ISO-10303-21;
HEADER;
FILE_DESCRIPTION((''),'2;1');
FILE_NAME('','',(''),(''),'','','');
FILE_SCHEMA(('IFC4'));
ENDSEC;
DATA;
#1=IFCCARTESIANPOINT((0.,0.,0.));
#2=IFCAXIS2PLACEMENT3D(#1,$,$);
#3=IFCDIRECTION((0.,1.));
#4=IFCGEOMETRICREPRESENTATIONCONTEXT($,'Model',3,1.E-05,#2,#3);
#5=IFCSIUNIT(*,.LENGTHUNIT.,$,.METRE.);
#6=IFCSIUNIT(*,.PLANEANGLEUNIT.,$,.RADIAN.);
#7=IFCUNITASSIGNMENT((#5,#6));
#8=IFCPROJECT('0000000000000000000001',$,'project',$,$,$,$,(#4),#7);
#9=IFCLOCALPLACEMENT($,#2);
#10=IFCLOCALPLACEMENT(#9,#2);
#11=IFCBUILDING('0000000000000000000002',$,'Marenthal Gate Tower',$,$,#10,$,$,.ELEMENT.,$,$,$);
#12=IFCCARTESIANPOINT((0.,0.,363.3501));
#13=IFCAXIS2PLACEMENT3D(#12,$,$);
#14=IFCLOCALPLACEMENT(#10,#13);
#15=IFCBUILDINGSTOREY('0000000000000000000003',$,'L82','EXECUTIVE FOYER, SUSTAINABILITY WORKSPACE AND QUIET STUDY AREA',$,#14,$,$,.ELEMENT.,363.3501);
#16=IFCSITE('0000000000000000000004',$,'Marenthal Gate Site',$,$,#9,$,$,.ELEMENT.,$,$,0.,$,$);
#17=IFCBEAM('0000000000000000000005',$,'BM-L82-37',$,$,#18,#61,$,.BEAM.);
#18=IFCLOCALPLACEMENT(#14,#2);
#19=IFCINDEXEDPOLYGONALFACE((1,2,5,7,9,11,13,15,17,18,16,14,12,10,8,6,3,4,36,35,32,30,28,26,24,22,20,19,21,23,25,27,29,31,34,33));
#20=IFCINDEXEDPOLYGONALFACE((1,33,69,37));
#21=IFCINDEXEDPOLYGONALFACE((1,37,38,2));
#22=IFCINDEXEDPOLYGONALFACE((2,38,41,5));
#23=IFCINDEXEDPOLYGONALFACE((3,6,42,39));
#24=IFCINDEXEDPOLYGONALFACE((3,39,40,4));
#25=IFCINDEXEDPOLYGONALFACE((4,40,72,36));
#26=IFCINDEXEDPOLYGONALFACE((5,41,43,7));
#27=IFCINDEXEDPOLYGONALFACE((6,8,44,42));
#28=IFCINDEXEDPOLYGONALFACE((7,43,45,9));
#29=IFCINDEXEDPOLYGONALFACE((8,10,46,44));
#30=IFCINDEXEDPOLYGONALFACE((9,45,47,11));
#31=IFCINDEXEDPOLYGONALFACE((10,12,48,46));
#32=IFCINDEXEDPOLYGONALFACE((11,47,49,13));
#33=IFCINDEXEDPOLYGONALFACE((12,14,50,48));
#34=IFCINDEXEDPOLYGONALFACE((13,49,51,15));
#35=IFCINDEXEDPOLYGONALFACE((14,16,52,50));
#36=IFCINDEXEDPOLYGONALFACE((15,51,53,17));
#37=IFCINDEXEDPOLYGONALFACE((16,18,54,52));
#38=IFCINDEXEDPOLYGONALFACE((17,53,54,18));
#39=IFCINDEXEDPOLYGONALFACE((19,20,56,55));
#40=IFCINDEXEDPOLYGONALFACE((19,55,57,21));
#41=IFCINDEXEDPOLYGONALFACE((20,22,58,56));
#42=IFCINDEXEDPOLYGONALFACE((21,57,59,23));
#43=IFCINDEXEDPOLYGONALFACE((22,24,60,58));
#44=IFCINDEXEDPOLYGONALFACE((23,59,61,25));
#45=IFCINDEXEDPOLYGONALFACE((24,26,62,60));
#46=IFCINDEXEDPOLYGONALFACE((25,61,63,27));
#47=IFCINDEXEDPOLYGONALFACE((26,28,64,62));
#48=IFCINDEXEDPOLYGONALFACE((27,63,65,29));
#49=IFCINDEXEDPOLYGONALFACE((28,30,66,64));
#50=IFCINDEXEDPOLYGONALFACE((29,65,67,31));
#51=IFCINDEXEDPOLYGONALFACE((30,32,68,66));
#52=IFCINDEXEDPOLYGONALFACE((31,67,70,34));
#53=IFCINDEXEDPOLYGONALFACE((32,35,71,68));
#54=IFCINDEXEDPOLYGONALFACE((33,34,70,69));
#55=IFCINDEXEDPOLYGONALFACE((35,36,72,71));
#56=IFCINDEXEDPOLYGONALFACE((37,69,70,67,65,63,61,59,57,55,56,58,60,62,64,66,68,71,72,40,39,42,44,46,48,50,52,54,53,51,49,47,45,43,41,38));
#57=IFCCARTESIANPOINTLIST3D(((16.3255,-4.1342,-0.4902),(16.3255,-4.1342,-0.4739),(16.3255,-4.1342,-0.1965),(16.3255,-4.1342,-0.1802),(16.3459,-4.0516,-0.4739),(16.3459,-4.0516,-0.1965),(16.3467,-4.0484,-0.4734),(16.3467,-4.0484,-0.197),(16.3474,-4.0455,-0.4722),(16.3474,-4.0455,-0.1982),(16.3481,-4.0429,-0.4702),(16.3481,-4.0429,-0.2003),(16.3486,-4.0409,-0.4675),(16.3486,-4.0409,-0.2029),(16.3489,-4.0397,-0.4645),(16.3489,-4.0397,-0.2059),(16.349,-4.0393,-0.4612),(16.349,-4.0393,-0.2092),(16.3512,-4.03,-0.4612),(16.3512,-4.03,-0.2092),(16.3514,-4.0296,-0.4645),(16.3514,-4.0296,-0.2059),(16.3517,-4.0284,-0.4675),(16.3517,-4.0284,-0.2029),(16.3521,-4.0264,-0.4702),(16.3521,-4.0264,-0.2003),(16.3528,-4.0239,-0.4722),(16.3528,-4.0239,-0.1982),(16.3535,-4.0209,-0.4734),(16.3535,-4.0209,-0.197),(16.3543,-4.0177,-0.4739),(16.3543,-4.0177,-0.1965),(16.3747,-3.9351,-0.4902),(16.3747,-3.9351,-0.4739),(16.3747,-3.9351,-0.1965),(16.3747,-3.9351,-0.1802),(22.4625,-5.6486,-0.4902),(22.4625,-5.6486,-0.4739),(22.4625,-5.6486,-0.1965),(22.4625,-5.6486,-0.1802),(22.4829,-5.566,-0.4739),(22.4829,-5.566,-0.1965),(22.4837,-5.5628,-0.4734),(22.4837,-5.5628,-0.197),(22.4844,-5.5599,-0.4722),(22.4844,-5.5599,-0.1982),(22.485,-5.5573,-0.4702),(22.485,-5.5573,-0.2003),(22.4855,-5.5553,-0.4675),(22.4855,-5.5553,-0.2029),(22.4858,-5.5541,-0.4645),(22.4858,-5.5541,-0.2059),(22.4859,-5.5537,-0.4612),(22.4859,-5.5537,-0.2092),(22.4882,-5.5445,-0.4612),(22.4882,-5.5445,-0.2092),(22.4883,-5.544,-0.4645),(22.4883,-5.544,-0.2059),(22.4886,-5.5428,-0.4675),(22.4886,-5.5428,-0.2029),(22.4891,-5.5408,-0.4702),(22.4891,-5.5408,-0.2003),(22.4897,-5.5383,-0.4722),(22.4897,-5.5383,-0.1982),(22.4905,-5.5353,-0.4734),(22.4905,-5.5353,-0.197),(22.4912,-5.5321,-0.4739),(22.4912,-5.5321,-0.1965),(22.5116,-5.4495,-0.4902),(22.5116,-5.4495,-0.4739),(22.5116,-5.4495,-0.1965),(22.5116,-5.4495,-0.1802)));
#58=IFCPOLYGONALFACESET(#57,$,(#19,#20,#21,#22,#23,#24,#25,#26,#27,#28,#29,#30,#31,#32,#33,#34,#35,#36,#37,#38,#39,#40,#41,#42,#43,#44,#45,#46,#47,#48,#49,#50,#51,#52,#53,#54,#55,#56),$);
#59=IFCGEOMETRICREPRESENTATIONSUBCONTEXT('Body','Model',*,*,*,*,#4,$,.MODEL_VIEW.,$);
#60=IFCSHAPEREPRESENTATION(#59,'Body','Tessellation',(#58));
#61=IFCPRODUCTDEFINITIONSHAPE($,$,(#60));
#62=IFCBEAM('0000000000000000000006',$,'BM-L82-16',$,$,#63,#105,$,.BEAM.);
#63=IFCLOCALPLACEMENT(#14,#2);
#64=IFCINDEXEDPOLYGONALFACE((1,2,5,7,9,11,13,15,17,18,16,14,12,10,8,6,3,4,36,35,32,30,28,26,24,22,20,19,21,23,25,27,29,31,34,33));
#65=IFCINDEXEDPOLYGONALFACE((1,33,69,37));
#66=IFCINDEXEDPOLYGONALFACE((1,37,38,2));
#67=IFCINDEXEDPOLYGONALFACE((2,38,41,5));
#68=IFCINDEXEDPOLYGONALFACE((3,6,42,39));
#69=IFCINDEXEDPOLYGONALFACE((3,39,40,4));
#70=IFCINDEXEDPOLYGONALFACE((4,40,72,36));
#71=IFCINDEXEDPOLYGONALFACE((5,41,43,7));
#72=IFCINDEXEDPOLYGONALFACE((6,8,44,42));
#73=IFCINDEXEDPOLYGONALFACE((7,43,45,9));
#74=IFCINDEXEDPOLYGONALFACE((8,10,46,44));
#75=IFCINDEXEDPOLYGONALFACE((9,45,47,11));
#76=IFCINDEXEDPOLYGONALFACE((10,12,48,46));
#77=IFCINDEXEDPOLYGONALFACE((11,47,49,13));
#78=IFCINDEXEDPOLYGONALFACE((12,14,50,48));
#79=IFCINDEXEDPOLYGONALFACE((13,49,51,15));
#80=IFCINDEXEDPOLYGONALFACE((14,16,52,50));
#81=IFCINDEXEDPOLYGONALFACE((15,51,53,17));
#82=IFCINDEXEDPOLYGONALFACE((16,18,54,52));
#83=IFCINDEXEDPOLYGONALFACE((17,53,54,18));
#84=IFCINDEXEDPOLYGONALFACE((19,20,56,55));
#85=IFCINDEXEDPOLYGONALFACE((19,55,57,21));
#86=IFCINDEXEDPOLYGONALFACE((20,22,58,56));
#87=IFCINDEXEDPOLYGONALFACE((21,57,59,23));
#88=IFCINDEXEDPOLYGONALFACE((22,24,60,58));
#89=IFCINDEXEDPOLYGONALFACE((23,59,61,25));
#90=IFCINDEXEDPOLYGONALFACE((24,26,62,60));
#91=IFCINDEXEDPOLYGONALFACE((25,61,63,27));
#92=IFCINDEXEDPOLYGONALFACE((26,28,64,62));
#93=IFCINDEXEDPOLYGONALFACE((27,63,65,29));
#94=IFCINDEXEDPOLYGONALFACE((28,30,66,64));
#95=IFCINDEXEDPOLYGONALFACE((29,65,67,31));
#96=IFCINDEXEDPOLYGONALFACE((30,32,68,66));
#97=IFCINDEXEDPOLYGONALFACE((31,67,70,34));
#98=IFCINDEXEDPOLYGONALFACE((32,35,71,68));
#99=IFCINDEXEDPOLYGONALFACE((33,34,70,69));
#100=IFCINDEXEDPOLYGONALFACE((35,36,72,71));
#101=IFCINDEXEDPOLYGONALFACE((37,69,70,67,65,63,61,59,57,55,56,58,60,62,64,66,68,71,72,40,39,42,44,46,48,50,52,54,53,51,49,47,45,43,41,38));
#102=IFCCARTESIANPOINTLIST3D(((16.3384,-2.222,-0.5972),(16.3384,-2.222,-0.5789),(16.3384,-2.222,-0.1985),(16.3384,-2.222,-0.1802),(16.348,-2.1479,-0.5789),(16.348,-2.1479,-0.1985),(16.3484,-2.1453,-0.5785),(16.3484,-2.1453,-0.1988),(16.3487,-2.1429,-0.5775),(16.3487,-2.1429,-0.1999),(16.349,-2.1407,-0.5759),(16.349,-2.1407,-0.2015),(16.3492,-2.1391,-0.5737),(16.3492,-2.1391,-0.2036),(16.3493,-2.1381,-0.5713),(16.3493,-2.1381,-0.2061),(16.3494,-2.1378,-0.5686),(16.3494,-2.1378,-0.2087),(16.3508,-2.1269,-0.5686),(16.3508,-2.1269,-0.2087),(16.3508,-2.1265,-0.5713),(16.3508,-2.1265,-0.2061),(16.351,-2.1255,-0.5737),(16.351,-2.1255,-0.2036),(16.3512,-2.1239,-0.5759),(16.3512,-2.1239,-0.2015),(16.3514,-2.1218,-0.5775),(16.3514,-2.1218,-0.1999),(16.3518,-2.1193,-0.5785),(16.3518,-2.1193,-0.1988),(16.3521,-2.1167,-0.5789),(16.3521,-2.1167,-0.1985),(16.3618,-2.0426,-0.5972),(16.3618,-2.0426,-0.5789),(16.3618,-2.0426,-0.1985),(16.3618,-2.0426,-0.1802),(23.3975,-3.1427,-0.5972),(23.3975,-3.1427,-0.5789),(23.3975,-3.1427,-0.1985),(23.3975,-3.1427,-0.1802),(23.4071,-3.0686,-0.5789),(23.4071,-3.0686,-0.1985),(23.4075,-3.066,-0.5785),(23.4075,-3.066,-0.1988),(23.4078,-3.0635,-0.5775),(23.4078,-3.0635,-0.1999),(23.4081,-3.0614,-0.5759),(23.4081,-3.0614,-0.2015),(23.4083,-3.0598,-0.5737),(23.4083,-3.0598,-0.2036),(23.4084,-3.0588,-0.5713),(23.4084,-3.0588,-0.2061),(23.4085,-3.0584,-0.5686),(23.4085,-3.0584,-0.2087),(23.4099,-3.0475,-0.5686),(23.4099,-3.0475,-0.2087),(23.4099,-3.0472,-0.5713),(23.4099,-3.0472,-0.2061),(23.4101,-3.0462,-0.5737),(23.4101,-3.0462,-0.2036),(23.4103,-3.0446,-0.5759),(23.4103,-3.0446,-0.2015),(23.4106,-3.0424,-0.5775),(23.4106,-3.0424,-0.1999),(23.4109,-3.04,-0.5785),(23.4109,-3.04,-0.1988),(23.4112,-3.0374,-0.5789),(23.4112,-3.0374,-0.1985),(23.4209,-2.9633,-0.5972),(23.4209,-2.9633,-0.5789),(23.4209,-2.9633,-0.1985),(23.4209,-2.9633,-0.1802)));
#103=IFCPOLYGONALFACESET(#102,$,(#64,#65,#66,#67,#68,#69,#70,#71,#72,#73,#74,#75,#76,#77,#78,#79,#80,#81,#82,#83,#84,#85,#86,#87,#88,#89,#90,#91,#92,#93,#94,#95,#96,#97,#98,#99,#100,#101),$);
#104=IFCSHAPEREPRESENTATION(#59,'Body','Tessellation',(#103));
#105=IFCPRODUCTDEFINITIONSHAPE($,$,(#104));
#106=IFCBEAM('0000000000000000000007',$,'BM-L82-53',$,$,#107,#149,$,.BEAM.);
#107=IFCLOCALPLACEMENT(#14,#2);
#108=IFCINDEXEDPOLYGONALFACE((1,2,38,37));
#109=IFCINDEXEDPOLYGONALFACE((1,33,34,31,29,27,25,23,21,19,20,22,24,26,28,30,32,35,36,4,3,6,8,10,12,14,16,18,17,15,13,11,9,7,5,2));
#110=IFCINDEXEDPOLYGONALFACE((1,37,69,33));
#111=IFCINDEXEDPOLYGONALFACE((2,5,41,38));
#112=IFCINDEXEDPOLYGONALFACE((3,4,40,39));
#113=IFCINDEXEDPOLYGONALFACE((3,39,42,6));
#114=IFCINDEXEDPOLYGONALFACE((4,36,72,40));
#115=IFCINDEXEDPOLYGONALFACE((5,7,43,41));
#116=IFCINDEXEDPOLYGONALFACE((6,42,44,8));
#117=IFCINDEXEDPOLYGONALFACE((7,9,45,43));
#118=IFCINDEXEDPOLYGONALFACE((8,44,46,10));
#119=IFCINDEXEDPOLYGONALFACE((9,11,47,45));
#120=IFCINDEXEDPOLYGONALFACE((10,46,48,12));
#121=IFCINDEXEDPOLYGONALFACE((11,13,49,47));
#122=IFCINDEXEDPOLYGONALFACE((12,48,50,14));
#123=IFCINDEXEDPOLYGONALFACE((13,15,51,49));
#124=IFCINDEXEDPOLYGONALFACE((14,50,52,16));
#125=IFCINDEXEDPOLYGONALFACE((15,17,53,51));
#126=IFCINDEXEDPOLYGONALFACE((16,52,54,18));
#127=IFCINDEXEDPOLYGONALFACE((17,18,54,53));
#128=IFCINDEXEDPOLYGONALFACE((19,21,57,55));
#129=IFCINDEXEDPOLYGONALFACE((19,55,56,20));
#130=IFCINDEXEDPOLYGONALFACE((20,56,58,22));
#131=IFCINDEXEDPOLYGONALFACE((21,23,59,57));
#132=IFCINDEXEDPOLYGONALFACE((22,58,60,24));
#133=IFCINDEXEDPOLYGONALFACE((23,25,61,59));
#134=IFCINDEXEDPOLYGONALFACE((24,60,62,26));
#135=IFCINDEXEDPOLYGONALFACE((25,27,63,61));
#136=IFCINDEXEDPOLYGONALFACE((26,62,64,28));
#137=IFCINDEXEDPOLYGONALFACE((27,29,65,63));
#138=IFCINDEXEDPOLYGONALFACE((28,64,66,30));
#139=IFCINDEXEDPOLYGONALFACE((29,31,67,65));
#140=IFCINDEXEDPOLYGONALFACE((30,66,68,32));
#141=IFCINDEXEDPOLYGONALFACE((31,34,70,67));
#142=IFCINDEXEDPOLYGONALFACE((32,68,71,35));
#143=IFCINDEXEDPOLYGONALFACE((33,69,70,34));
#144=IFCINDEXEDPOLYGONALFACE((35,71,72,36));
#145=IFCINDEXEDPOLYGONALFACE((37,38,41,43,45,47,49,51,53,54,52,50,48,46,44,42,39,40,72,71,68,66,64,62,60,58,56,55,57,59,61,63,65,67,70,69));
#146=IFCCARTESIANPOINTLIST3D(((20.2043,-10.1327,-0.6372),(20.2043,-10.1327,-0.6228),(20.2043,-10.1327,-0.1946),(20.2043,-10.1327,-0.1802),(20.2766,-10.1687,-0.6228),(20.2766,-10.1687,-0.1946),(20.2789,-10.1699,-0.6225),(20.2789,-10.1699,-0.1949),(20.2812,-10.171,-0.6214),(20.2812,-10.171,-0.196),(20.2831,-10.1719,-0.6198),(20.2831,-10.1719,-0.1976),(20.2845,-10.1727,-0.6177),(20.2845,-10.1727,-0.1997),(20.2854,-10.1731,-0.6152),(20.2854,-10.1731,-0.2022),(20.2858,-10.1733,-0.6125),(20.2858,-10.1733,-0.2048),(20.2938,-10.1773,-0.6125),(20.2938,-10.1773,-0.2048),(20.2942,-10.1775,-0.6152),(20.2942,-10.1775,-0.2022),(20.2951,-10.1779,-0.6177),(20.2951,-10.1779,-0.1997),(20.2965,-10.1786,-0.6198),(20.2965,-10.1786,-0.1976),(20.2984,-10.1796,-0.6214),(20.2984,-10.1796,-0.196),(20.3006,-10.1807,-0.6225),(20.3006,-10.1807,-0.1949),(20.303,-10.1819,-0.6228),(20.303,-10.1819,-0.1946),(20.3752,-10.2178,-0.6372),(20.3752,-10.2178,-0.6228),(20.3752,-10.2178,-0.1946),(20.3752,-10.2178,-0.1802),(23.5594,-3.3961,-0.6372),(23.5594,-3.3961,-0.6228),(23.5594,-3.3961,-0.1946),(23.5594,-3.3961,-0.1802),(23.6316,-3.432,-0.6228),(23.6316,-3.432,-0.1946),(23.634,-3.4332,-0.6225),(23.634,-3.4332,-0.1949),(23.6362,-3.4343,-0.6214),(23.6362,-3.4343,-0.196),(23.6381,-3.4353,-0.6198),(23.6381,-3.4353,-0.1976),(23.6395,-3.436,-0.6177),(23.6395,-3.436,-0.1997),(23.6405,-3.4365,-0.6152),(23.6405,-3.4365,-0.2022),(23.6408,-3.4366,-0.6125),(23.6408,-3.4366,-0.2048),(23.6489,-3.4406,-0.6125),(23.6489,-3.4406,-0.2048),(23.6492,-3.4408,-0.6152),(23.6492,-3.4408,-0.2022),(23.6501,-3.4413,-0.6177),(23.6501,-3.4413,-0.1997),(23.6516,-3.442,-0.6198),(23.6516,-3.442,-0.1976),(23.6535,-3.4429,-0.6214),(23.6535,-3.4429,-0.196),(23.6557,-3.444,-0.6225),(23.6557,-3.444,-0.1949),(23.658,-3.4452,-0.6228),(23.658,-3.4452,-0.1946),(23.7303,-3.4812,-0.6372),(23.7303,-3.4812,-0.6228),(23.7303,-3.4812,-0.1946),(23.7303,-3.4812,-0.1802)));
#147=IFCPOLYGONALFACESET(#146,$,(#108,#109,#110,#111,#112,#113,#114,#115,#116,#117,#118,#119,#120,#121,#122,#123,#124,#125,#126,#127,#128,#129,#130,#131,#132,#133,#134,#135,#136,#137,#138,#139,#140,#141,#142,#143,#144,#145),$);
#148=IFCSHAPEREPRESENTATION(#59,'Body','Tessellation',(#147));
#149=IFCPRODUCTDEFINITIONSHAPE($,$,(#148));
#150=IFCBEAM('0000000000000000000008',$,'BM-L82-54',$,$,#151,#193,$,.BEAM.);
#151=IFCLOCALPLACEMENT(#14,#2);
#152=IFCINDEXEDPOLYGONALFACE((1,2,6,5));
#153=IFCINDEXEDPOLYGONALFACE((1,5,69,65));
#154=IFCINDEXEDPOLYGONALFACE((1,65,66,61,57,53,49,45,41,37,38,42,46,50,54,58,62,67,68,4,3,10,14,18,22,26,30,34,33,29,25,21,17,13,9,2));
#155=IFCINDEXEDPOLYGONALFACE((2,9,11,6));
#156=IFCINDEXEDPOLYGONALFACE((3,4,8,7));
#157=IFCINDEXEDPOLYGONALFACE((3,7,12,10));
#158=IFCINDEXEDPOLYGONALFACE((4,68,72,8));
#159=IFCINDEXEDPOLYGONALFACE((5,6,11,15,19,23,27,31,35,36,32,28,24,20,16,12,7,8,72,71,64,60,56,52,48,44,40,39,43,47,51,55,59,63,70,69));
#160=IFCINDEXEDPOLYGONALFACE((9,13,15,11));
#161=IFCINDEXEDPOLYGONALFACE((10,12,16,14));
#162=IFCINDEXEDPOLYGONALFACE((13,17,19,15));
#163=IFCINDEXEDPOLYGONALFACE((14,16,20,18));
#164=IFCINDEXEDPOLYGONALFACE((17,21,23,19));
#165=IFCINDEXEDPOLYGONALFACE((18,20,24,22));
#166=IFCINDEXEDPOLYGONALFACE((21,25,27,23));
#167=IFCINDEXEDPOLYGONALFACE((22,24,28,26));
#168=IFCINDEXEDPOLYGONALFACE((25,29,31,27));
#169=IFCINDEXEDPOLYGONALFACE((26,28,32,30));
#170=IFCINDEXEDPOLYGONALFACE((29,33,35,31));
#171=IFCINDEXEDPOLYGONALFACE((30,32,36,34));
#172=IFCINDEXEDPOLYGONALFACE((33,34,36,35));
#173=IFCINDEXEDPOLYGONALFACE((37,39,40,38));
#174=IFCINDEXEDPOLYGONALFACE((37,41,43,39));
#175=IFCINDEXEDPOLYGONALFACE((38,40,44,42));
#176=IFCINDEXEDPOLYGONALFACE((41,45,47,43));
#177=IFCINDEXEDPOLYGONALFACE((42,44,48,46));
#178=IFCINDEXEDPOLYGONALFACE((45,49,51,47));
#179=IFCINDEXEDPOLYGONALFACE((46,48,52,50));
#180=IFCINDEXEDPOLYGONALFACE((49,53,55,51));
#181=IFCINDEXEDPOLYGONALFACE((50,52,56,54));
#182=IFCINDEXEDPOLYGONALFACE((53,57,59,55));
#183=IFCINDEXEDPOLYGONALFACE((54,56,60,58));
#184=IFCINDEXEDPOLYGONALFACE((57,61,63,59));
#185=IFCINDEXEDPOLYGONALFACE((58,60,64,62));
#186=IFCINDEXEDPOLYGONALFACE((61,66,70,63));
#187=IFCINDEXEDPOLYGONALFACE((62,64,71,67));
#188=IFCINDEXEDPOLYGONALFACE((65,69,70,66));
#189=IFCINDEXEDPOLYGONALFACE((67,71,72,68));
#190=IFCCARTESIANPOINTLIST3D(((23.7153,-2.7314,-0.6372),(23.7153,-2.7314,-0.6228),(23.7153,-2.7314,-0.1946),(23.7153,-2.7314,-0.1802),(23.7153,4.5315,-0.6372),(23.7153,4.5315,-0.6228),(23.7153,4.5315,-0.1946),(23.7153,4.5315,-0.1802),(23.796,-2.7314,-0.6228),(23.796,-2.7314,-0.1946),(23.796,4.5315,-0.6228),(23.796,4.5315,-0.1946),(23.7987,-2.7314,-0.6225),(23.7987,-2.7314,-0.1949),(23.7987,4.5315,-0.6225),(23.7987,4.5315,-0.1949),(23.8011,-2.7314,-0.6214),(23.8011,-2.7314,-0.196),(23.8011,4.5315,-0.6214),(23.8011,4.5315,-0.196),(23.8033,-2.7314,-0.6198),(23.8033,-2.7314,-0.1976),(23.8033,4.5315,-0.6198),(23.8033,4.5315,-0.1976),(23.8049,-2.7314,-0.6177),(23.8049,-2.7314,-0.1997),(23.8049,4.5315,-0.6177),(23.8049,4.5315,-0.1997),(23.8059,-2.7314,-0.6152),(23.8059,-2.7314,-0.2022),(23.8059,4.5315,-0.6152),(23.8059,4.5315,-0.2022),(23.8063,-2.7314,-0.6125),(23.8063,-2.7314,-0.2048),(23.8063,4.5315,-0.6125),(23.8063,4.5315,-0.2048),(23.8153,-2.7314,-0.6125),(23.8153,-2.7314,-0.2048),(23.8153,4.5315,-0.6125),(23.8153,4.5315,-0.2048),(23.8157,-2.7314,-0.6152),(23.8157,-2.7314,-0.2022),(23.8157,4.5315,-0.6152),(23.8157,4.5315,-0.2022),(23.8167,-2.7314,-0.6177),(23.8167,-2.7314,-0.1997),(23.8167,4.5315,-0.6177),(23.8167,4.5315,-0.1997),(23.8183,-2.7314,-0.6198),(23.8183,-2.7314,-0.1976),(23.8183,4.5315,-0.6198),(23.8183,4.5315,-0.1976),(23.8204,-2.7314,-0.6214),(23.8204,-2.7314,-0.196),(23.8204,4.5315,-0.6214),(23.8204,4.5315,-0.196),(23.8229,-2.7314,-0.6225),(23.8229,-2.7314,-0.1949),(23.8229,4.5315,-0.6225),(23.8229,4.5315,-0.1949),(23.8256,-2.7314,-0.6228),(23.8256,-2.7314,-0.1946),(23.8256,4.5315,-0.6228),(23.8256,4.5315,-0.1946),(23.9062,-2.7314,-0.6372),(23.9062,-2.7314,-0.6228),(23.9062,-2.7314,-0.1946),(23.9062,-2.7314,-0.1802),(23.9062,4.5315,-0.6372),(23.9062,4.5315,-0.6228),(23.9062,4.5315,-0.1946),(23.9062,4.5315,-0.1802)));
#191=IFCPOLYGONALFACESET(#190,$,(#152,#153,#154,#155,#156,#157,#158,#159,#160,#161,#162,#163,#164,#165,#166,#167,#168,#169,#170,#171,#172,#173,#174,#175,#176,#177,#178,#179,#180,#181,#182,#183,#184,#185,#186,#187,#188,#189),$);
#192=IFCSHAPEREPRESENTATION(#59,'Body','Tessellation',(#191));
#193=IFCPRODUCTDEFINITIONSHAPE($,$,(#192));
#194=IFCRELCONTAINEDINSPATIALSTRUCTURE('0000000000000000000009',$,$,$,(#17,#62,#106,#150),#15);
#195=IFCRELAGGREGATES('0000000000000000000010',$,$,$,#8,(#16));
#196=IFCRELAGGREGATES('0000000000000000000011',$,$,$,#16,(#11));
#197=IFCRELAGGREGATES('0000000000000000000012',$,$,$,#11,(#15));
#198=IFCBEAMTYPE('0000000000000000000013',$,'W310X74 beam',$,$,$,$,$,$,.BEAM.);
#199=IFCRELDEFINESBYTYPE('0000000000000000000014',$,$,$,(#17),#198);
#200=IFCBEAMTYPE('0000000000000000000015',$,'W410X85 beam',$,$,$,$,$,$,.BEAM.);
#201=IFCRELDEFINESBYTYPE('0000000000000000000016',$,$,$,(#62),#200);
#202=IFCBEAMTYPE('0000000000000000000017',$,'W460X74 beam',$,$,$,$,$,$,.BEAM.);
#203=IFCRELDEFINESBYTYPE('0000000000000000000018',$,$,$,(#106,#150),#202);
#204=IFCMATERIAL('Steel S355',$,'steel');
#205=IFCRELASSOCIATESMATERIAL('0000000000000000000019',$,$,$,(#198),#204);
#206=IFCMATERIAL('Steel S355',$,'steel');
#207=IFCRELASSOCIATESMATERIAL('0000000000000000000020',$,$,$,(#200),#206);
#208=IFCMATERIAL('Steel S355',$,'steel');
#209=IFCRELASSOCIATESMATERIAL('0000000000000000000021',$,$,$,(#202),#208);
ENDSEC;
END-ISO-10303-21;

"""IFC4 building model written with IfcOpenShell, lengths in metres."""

from ifc_helpers import new_model, si_unit, direction, frame, origin, origin_2d, place, context, subcontext, project, spatial, i_section, extrude, material, material_profile, profile_set, type_object, element, save


model = new_model("IFC4")

# Units and contexts
model_context = context("Model", 3, precision=1e-05, world=origin(), true_north=direction((0.0, 1.0)))
body_context = subcontext(model_context, "Body", "Model", "MODEL_VIEW")
ifc_project = project(units=[si_unit("LENGTHUNIT", "METRE"), si_unit("PLANEANGLEUNIT", "RADIAN")], contexts=[model_context])

# Site, building, storey
site_placement = place(None, origin())
site = spatial("IfcSite", under=ifc_project, at=site_placement, Name="Marenthal Gate Site", CompositionType="ELEMENT", RefElevation=0.0)
building_placement = place(site_placement, origin())
building = spatial("IfcBuilding", under=site, at=building_placement, Name="Marenthal Gate Tower", CompositionType="ELEMENT")
storey_placement = place(building_placement, frame((0.0, 0.0, 363.3501)))
storey = spatial("IfcBuildingStorey", under=building, at=storey_placement, Name="L82", Description="EXECUTIVE FOYER, SUSTAINABILITY WORKSPACE AND QUIET STUDY AREA", CompositionType="ELEMENT", Elevation=363.3501)

# Beams
ifc_material_1 = material(Name="Steel S355", Category="steel")
ifc_material_profile_1 = material_profile(ifc_material_1, i_section(OverallWidth=0.2051, OverallDepth=0.3101, WebThickness=0.0095, FlangeThickness=0.0164, FilletRadius=0.0127, at=origin_2d()), Name="W310X74")
ifc_profile_set_1 = profile_set([ifc_material_profile_1], Name="Steel S355")
beam_type_1 = type_object("IfcBeamType", Name="W310X74 beam", PredefinedType="BEAM", material=ifc_profile_set_1)
beam_1_placement = place(storey_placement, frame((22.4871, -5.5491, -0.3352), z_axis=(-0.970876, 0.239581, 0.0), x_axis=(-0.239581, -0.970876, 0.0)))
element("IfcBeam", 1, at=beam_1_placement, inside=storey, type_object=beam_type_1, Name="BM-L82-37", PredefinedType="BEAM", context=body_context, shape_type="SweptSolid", body=[
    extrude(i_section(OverallWidth=0.2051, OverallDepth=0.3101, WebThickness=0.0095, FlangeThickness=0.0164, FilletRadius=0.0127, at=origin_2d()), origin(), (0.0, 0.0, 1.0), 6.321),
])
ifc_material_2 = material(Name="Steel S355", Category="steel")
ifc_material_profile_2 = material_profile(ifc_material_2, i_section(OverallWidth=0.1809, OverallDepth=0.417, WebThickness=0.011, FlangeThickness=0.0183, FilletRadius=0.0103, at=origin_2d()), Name="W410X85")
ifc_profile_set_2 = profile_set([ifc_material_profile_2], Name="Steel S355")
beam_type_2 = type_object("IfcBeamType", Name="W410X85 beam", PredefinedType="BEAM", material=ifc_profile_set_2)
beam_2_placement = place(storey_placement, frame((23.4092, -3.053, -0.3887), z_axis=(-0.991602, 0.129326, 0.0), x_axis=(-0.129326, -0.991602, 0.0)))
element("IfcBeam", 2, at=beam_2_placement, inside=storey, type_object=beam_type_2, Name="BM-L82-16", PredefinedType="BEAM", context=body_context, shape_type="SweptSolid", body=[
    extrude(i_section(OverallWidth=0.1809, OverallDepth=0.417, WebThickness=0.011, FlangeThickness=0.0183, FilletRadius=0.0103, at=origin_2d()), origin(), (0.0, 0.0, 1.0), 7.1189),
])
ifc_material_3 = material(Name="Steel S355", Category="steel")
ifc_material_profile_3 = material_profile(ifc_material_3, i_section(OverallWidth=0.1909, OverallDepth=0.457, WebThickness=0.009, FlangeThickness=0.0144, FilletRadius=0.0103, at=origin_2d()), Name="W460X74")
ifc_profile_set_3 = profile_set([ifc_material_profile_3], Name="Steel S355")
beam_type_3 = type_object("IfcBeamType", Name="W460X74 beam", PredefinedType="BEAM", material=ifc_profile_set_3)
beam_3_placement = place(storey_placement, frame((20.2898, -10.1753, -0.4087), z_axis=(0.445799, 0.895133, 0.0), x_axis=(-0.895133, 0.445799, 0.0)))
element("IfcBeam", 3, at=beam_3_placement, inside=storey, type_object=beam_type_3, Name="BM-L82-53", PredefinedType="BEAM", context=body_context, shape_type="SweptSolid", body=[
    extrude(i_section(OverallWidth=0.1909, OverallDepth=0.457, WebThickness=0.009, FlangeThickness=0.0144, FilletRadius=0.0103, at=origin_2d()), origin(), (0.0, 0.0, 1.0), 7.5259),
])
beam_4_placement = place(storey_placement, frame((23.8108, -2.7314, -0.4087), z_axis=(0.0, 1.0, 0.0), x_axis=(-1.0, 0.0, 0.0)))
element("IfcBeam", 4, at=beam_4_placement, inside=storey, type_object=beam_type_3, Name="BM-L82-54", PredefinedType="BEAM", context=body_context, shape_type="SweptSolid", body=[
    extrude(i_section(OverallWidth=0.1909, OverallDepth=0.457, WebThickness=0.009, FlangeThickness=0.0144, FilletRadius=0.0103, at=origin_2d()), origin(), (0.0, 0.0, 1.0), 7.2629),
])

save(model, "model.ifc")
